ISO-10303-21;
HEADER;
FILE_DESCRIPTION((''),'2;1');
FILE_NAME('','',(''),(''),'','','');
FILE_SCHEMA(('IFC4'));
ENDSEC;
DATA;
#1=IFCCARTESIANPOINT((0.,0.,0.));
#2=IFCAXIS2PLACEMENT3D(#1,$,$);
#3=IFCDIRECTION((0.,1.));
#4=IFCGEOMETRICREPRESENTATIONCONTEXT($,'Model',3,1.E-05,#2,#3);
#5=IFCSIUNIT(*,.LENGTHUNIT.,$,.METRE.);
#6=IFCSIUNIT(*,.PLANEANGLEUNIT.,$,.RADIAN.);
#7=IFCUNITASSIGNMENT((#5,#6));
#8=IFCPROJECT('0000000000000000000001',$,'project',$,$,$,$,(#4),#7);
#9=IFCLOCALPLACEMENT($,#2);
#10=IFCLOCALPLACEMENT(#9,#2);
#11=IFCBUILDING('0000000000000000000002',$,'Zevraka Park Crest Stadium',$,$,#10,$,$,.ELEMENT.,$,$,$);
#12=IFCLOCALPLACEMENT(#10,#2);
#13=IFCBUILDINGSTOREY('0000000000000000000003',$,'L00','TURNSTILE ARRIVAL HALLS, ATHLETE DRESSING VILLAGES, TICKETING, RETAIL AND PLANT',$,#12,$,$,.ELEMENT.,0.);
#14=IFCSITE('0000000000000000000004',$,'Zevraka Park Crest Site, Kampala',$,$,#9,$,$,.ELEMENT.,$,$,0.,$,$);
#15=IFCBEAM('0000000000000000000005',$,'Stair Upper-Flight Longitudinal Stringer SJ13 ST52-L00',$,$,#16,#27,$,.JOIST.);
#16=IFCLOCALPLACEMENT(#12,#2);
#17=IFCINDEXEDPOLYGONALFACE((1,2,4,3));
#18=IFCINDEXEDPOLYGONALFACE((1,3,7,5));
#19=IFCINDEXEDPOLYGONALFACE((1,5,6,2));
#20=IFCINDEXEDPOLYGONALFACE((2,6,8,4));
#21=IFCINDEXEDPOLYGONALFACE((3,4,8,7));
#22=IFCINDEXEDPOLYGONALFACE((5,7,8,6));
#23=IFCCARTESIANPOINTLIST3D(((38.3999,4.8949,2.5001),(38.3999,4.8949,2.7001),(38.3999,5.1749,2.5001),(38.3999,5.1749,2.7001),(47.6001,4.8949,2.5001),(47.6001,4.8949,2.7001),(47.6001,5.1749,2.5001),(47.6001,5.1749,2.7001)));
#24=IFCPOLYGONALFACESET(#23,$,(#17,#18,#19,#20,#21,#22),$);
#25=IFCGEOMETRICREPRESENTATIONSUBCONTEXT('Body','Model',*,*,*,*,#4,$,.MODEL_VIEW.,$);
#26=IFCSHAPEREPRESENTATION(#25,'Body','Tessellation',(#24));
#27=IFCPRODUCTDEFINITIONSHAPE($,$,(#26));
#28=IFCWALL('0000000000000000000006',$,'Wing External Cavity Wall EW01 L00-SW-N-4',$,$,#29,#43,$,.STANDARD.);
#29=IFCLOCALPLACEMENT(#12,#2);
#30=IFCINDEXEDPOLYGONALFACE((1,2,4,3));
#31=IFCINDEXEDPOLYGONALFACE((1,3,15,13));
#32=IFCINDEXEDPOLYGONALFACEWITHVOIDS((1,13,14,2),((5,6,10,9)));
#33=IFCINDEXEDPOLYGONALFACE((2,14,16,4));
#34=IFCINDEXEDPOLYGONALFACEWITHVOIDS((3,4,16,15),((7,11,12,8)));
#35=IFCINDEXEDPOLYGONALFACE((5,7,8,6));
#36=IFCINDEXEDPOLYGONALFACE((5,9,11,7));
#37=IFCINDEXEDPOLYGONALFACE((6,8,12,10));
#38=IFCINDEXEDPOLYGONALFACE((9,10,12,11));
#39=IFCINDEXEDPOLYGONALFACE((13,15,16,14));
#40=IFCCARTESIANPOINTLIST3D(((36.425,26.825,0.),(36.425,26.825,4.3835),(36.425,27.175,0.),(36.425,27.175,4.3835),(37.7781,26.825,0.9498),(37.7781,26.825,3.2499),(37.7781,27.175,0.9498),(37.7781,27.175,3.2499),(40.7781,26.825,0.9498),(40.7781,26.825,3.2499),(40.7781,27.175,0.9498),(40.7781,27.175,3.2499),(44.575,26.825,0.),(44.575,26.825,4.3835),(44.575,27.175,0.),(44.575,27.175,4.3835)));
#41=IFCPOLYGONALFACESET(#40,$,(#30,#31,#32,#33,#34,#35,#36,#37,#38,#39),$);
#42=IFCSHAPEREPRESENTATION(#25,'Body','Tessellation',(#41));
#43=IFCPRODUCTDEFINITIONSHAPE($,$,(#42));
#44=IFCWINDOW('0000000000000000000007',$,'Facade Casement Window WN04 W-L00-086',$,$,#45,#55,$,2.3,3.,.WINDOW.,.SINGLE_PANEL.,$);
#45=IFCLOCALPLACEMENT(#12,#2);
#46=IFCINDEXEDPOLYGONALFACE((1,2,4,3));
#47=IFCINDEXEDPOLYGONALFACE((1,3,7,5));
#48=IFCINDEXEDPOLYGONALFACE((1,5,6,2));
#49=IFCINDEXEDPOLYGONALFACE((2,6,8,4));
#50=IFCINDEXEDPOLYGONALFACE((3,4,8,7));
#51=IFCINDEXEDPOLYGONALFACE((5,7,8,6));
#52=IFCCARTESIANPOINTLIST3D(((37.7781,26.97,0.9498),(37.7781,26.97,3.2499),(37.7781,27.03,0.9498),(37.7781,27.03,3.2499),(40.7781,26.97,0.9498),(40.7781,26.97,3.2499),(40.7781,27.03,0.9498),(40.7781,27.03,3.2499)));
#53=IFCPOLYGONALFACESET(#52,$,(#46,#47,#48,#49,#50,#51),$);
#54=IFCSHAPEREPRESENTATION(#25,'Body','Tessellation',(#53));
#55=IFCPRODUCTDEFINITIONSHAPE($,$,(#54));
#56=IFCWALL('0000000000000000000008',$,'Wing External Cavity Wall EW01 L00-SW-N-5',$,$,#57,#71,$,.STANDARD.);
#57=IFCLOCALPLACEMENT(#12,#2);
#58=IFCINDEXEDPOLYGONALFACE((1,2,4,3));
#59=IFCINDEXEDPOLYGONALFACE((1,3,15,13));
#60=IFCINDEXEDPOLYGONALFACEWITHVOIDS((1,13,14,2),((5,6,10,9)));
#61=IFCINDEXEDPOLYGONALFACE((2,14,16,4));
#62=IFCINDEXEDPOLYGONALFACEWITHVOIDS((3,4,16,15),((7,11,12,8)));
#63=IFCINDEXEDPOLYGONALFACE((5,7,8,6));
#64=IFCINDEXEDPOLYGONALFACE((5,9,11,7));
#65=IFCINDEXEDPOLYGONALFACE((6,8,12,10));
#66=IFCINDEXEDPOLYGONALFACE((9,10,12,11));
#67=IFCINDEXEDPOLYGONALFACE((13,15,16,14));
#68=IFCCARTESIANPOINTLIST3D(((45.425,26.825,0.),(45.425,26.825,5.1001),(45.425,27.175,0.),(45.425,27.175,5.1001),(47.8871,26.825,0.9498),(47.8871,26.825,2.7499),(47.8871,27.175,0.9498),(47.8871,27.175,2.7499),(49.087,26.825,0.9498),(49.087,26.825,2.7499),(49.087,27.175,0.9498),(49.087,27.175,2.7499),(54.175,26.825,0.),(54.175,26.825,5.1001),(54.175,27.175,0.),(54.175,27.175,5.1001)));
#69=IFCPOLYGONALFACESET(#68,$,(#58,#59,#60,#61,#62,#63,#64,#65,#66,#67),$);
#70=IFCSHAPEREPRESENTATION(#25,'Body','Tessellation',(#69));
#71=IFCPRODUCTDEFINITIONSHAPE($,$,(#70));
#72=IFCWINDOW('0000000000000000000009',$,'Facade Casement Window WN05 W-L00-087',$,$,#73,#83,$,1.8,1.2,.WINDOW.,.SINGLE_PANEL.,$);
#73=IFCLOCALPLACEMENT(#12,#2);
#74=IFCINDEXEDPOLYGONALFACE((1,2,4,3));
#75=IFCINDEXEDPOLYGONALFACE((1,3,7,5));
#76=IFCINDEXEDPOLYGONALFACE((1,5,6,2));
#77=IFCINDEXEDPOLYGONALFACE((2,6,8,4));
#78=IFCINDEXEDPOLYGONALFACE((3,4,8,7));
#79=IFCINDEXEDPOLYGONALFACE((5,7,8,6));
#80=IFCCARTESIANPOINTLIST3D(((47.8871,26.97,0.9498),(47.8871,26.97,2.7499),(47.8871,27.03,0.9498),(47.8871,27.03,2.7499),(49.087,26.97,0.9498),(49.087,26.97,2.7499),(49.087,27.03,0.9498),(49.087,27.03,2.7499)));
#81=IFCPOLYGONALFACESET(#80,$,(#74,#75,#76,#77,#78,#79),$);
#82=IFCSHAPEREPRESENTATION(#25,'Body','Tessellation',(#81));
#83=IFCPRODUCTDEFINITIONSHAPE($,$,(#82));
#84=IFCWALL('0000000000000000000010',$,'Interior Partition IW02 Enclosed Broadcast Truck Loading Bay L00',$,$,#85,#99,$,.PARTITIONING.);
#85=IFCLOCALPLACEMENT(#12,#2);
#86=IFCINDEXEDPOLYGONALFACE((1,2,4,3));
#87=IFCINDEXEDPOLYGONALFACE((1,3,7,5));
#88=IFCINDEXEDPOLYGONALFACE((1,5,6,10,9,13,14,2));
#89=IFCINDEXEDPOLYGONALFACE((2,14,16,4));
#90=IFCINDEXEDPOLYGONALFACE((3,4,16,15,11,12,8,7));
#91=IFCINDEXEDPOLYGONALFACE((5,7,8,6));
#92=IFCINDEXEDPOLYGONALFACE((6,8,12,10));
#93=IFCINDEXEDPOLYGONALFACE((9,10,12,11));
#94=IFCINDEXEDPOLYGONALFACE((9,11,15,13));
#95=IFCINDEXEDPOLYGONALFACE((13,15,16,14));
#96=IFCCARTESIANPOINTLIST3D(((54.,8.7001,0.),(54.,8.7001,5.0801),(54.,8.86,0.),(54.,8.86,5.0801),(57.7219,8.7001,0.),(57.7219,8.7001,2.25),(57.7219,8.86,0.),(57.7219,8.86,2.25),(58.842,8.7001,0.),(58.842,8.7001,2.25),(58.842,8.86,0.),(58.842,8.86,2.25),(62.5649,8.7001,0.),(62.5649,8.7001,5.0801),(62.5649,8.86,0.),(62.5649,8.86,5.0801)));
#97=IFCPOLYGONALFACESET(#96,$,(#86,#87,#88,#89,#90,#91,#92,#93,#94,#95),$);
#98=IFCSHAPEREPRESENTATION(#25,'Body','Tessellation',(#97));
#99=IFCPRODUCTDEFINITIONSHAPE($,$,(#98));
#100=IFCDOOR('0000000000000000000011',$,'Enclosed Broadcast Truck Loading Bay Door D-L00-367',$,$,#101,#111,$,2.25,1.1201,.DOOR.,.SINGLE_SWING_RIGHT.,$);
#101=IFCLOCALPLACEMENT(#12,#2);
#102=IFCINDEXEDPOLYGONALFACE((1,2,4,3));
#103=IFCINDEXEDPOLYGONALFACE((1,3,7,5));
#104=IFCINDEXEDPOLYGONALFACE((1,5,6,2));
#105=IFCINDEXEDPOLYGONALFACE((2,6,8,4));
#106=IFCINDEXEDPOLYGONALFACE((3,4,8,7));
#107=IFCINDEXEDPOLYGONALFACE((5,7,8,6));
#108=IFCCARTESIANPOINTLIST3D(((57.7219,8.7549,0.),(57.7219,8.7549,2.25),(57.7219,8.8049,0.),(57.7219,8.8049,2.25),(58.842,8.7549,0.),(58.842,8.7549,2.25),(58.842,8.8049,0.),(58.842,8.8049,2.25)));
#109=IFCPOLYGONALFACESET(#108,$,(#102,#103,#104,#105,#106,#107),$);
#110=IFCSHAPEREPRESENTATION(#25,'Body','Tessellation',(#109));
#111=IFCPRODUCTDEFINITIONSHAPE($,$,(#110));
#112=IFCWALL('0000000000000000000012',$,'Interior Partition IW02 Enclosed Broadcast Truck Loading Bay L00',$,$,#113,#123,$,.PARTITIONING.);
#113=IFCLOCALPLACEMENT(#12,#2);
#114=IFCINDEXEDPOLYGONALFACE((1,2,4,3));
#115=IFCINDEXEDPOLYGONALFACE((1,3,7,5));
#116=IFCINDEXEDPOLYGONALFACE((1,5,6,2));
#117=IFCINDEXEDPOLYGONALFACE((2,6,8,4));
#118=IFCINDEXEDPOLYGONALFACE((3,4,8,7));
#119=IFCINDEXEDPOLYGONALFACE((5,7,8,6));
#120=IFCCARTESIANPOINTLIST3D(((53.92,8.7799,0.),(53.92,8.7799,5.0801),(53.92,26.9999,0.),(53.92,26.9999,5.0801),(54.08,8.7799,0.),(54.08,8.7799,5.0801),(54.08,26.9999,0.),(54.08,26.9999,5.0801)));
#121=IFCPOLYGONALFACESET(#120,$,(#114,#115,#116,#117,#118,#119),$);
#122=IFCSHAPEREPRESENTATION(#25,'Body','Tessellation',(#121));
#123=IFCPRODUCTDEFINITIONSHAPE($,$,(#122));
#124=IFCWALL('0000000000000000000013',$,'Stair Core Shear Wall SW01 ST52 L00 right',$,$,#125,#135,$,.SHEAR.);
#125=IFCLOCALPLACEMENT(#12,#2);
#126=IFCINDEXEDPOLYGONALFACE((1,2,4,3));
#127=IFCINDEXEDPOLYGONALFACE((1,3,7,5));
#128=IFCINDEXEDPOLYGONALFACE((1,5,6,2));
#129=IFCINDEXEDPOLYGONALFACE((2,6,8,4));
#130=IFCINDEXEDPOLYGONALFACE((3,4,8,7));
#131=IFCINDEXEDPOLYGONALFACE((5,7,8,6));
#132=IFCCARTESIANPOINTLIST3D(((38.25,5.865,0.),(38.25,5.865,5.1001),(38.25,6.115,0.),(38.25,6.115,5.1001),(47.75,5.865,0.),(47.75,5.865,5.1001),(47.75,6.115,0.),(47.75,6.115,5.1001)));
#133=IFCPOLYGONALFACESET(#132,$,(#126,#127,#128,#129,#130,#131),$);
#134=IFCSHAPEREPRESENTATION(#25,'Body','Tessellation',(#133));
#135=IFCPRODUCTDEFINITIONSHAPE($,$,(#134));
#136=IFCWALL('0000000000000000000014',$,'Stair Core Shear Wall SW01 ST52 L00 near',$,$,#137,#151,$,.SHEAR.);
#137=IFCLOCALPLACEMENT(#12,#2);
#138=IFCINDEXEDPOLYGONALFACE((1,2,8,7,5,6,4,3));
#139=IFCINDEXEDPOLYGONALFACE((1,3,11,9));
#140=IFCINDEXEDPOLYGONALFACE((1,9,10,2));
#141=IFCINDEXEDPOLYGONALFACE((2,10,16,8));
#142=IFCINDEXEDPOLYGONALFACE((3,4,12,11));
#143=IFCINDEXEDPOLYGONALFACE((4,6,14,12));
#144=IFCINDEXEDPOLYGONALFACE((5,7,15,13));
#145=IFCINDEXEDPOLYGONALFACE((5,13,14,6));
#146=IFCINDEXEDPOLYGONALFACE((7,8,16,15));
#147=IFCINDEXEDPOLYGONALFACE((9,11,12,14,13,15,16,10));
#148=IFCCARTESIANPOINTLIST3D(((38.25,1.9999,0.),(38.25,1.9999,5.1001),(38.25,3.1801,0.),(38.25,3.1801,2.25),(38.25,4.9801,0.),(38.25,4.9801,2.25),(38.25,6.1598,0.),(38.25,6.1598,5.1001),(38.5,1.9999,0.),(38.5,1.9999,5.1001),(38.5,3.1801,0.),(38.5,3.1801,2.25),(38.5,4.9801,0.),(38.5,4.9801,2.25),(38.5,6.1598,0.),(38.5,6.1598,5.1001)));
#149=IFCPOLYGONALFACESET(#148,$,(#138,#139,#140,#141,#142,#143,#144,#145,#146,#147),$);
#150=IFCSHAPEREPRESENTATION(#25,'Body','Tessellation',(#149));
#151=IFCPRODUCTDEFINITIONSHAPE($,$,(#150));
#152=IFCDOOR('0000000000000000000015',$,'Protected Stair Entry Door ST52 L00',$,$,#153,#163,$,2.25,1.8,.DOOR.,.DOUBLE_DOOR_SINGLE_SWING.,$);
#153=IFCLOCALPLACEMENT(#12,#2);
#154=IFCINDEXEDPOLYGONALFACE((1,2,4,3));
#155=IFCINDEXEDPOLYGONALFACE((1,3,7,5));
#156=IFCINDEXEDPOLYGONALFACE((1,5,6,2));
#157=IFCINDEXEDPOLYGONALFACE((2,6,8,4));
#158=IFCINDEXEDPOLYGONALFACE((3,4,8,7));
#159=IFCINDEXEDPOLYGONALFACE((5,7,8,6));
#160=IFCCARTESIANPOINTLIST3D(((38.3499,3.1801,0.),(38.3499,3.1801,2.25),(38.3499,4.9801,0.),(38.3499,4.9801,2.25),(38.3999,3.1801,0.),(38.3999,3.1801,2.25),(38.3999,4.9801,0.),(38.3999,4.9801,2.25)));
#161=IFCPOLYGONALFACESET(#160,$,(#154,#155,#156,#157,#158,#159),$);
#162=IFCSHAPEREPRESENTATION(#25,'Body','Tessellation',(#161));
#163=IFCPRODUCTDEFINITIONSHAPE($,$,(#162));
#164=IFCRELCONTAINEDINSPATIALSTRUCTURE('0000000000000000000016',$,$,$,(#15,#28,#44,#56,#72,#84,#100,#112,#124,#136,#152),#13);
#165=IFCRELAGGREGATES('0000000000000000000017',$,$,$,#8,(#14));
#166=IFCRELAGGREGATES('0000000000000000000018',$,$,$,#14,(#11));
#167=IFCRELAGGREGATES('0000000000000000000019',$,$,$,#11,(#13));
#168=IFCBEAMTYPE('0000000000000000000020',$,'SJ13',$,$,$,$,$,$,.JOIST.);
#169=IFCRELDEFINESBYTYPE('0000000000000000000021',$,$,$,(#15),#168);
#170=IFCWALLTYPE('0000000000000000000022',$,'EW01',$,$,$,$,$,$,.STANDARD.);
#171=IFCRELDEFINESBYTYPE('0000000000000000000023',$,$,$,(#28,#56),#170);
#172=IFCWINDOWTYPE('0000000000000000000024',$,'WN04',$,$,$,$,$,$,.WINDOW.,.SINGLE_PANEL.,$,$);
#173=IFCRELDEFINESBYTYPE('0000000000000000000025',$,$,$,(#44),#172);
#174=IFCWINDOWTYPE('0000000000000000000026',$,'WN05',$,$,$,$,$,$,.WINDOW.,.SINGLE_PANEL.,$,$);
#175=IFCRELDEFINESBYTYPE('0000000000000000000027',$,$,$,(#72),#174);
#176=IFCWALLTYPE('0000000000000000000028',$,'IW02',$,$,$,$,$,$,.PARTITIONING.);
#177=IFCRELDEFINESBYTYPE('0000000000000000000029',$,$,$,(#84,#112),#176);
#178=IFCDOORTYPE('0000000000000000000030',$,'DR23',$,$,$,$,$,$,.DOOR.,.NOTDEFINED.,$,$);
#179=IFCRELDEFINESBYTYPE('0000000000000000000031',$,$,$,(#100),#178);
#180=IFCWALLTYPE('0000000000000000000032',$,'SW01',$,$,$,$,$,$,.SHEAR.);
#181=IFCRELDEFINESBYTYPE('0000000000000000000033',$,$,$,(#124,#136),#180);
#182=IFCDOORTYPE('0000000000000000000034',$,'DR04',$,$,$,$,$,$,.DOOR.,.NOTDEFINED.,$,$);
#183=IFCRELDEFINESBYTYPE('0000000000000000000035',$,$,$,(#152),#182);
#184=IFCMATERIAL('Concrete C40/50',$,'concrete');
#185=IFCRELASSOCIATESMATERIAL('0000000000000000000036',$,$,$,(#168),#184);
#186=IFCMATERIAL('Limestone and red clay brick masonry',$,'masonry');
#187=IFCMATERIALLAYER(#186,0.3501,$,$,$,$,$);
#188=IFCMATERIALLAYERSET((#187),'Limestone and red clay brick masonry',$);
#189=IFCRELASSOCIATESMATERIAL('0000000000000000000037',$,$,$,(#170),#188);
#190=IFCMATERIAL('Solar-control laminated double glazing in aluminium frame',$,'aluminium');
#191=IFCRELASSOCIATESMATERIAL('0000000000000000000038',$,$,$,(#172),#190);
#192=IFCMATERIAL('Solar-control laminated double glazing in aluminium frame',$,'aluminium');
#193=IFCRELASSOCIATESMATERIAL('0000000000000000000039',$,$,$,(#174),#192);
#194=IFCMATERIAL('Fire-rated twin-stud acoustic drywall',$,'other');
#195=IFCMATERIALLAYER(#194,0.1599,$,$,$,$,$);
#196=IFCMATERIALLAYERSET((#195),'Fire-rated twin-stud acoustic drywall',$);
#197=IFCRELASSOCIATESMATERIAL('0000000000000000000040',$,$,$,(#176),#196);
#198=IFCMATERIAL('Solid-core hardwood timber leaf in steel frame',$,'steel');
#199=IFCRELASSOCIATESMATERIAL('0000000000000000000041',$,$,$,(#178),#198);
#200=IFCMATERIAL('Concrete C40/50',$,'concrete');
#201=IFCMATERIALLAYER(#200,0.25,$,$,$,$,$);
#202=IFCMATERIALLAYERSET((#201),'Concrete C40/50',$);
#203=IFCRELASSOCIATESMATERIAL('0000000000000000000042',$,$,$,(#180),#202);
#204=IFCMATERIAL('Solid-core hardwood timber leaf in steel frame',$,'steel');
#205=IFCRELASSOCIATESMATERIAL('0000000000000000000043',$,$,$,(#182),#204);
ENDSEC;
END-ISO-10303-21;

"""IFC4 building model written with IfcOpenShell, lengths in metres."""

from ifc_helpers import new_model, si_unit, direction, frame, frame_2d, origin, origin_2d, place, context, subcontext, project, spatial, rectangle, extrude, material, layer, layer_set, material_profile, profile_set, type_object, element, fill, save


model = new_model("IFC4")

# Units and contexts
model_context = context("Model", 3, precision=1e-05, world=origin(), true_north=direction((0.0, 1.0)))
body_context = subcontext(model_context, "Body", "Model", "MODEL_VIEW")
ifc_project = project(units=[si_unit("LENGTHUNIT", "METRE"), si_unit("PLANEANGLEUNIT", "RADIAN")], contexts=[model_context])

# Site, building, storey
site_placement = place(None, origin())
site = spatial("IfcSite", under=ifc_project, at=site_placement, Name="Zevraka Park Crest Site, Kampala", CompositionType="ELEMENT", RefElevation=0.0)
building_placement = place(site_placement, origin())
building = spatial("IfcBuilding", under=site, at=building_placement, Name="Zevraka Park Crest Stadium", CompositionType="ELEMENT")
storey_placement = place(building_placement, origin())
storey = spatial("IfcBuildingStorey", under=building, at=storey_placement, Name="L00", Description="TURNSTILE ARRIVAL HALLS, ATHLETE DRESSING VILLAGES, TICKETING, RETAIL AND PLANT", CompositionType="ELEMENT", Elevation=0.0)

# Beam
ifc_material_1 = material(Name="Concrete C40/50", Category="concrete")
ifc_material_profile_1 = material_profile(ifc_material_1, rectangle(XDim=0.28, YDim=0.2, at=origin_2d()), Name="RC 200x280")
ifc_profile_set_1 = profile_set([ifc_material_profile_1], Name="Concrete C40/50")
beam_type = type_object("IfcBeamType", Name="SJ13", PredefinedType="JOIST", material=ifc_profile_set_1)
beam_placement = place(storey_placement, frame((38.3999, 5.0349, 2.6001), z_axis=(1.0, 0.0, 0.0), x_axis=(0.0, 1.0, 0.0)))
element("IfcBeam", 1, at=beam_placement, inside=storey, type_object=beam_type, Name="Stair Upper-Flight Longitudinal Stringer SJ13 ST52-L00", PredefinedType="JOIST", context=body_context, shape_type="SweptSolid", body=[
    extrude(rectangle(XDim=0.28, YDim=0.2, at=origin_2d()), origin(), (0.0, 0.0, 1.0), 9.2002),
])

# Walls, openings, windows
ifc_material_2 = material(Name="Limestone and red clay brick masonry", Category="masonry")
ifc_layer_1 = layer(ifc_material_2, 0.3501)
ifc_layer_set_1 = layer_set([ifc_layer_1], Name="Limestone and red clay brick masonry")
wall_type_1 = type_object("IfcWallType", Name="EW01", PredefinedType="STANDARD", material=ifc_layer_set_1)
wall_1_placement = place(storey_placement, frame((36.425, 27.0, 0.0), z_axis=(0.0, 0.0, 1.0), x_axis=(1.0, 0.0, 0.0)))
wall_1 = element("IfcWall", 2, at=wall_1_placement, inside=storey, type_object=wall_type_1, Name="Wing External Cavity Wall EW01 L00-SW-N-4", PredefinedType="STANDARD", context=body_context, shape_type="SweptSolid", body=[
    extrude(rectangle(XDim=8.1499, YDim=0.3501, at=frame_2d((4.075, 0.0))), origin(), (0.0, 0.0, 1.0), 4.3835),
])
opening_1_placement = place(wall_1_placement, frame((1.353, 0.0, 0.95)))
opening_1 = element("IfcOpeningElement", 3, at=opening_1_placement, cuts=wall_1, PredefinedType="OPENING", context=body_context, shape_type="SweptSolid", body=[
    extrude(rectangle(XDim=3.0, YDim=2.3, at=frame_2d((1.5, 1.1499))), frame((0.0, 0.1851, 0.0), z_axis=(0.0, -1.0, 0.0), x_axis=(1.0, 0.0, 0.0)), (0.0, 0.0, 1.0), 0.3701),
])
ifc_material_3 = material(Name="Solar-control laminated double glazing in aluminium frame", Category="aluminium")
window_type_1 = type_object("IfcWindowType", Name="WN04", PartitioningType="SINGLE_PANEL", PredefinedType="WINDOW", material=ifc_material_3)
window_1_placement = place(opening_1_placement, origin())
window_1 = element("IfcWindow", 4, at=window_1_placement, inside=storey, type_object=window_type_1, Name="Facade Casement Window WN04 W-L00-086", OverallHeight=2.3, OverallWidth=3.0, PartitioningType="SINGLE_PANEL", PredefinedType="WINDOW", context=body_context, shape_type="SweptSolid", body=[
    extrude(rectangle(XDim=3.0, YDim=2.3, at=frame_2d((1.5, 1.1499))), frame((0.0, 0.03, 0.0), z_axis=(0.0, -1.0, 0.0), x_axis=(1.0, 0.0, 0.0)), (0.0, 0.0, 1.0), 0.0601),
])
fill(opening_1, window_1)
wall_2_placement = place(storey_placement, frame((45.425, 27.0, 0.0), z_axis=(0.0, 0.0, 1.0), x_axis=(1.0, 0.0, 0.0)))
wall_2 = element("IfcWall", 5, at=wall_2_placement, inside=storey, type_object=wall_type_1, Name="Wing External Cavity Wall EW01 L00-SW-N-5", PredefinedType="STANDARD", context=body_context, shape_type="SweptSolid", body=[
    extrude(rectangle(XDim=8.75, YDim=0.3501, at=frame_2d((4.375, 0.0))), origin(), (0.0, 0.0, 1.0), 5.1001),
])
opening_2_placement = place(wall_2_placement, frame((2.4619, 0.0, 0.95)))
opening_2 = element("IfcOpeningElement", 6, at=opening_2_placement, cuts=wall_2, PredefinedType="OPENING", context=body_context, shape_type="SweptSolid", body=[
    extrude(rectangle(XDim=1.2, YDim=1.8, at=frame_2d((0.6001, 0.8999))), frame((0.0, 0.1851, 0.0), z_axis=(0.0, -1.0, 0.0), x_axis=(1.0, 0.0, 0.0)), (0.0, 0.0, 1.0), 0.3701),
])
ifc_material_4 = material(Name="Solar-control laminated double glazing in aluminium frame", Category="aluminium")
window_type_2 = type_object("IfcWindowType", Name="WN05", PartitioningType="SINGLE_PANEL", PredefinedType="WINDOW", material=ifc_material_4)
window_2_placement = place(opening_2_placement, origin())
window_2 = element("IfcWindow", 7, at=window_2_placement, inside=storey, type_object=window_type_2, Name="Facade Casement Window WN05 W-L00-087", OverallHeight=1.8, OverallWidth=1.2, PartitioningType="SINGLE_PANEL", PredefinedType="WINDOW", context=body_context, shape_type="SweptSolid", body=[
    extrude(rectangle(XDim=1.2, YDim=1.8, at=frame_2d((0.6001, 0.8999))), frame((0.0, 0.03, 0.0), z_axis=(0.0, -1.0, 0.0), x_axis=(1.0, 0.0, 0.0)), (0.0, 0.0, 1.0), 0.0601),
])
fill(opening_2, window_2)

# Wall, opening, door
ifc_material_5 = material(Name="Fire-rated twin-stud acoustic drywall", Category="other")
ifc_layer_2 = layer(ifc_material_5, 0.1599)
ifc_layer_set_2 = layer_set([ifc_layer_2], Name="Fire-rated twin-stud acoustic drywall")
wall_type_2 = type_object("IfcWallType", Name="IW02", PredefinedType="PARTITIONING", material=ifc_layer_set_2)
wall_3_placement = place(storey_placement, frame((54.0, 8.78, 0.0), z_axis=(0.0, 0.0, 1.0), x_axis=(1.0, 0.0, 0.0)))
wall_3 = element("IfcWall", 8, at=wall_3_placement, inside=storey, type_object=wall_type_2, Name="Interior Partition IW02 Enclosed Broadcast Truck Loading Bay L00", PredefinedType="PARTITIONING", context=body_context, shape_type="SweptSolid", body=[
    extrude(rectangle(XDim=8.5649, YDim=0.1599, at=frame_2d((4.2825, 0.0))), origin(), (0.0, 0.0, 1.0), 5.0801),
])
opening_3_placement = place(wall_3_placement, frame((3.7219, 0.0, 0.0)))
opening_3 = element("IfcOpeningElement", 9, at=opening_3_placement, cuts=wall_3, PredefinedType="OPENING", context=body_context, shape_type="SweptSolid", body=[
    extrude(rectangle(XDim=1.1201, YDim=2.25, at=frame_2d((0.5601, 1.125))), frame((0.0, 0.0898, 0.0), z_axis=(0.0, -1.0, 0.0), x_axis=(1.0, 0.0, 0.0)), (0.0, 0.0, 1.0), 0.1799),
])
ifc_material_6 = material(Name="Solid-core hardwood timber leaf in steel frame", Category="steel")
door_type_1 = type_object("IfcDoorType", Name="DR23", OperationType="NOTDEFINED", PredefinedType="DOOR", material=ifc_material_6)
door_1_placement = place(opening_3_placement, origin())
door_1 = element("IfcDoor", 10, at=door_1_placement, inside=storey, type_object=door_type_1, Name="Enclosed Broadcast Truck Loading Bay Door D-L00-367", OperationType="SINGLE_SWING_RIGHT", OverallHeight=2.25, OverallWidth=1.1201, PredefinedType="DOOR", context=body_context, shape_type="SweptSolid", body=[
    extrude(rectangle(XDim=1.1201, YDim=2.25, at=frame_2d((0.5601, 1.125))), frame((0.0, 0.0249, 0.0), z_axis=(0.0, -1.0, 0.0), x_axis=(1.0, 0.0, 0.0)), (0.0, 0.0, 1.0), 0.05),
])
fill(opening_3, door_1)

# Walls
wall_4_placement = place(storey_placement, frame((54.0, 8.78, 0.0), z_axis=(0.0, 0.0, 1.0), x_axis=(0.0, 1.0, 0.0)))
element("IfcWall", 11, at=wall_4_placement, inside=storey, type_object=wall_type_2, Name="Interior Partition IW02 Enclosed Broadcast Truck Loading Bay L00", PredefinedType="PARTITIONING", context=body_context, shape_type="SweptSolid", body=[
    extrude(rectangle(XDim=18.22, YDim=0.1599, at=frame_2d((9.1099, 0.0))), origin(), (0.0, 0.0, 1.0), 5.0801),
])
ifc_material_7 = material(Name="Concrete C40/50", Category="concrete")
ifc_layer_3 = layer(ifc_material_7, 0.25)
ifc_layer_set_3 = layer_set([ifc_layer_3], Name="Concrete C40/50")
wall_type_3 = type_object("IfcWallType", Name="SW01", PredefinedType="SHEAR", material=ifc_layer_set_3)
wall_5_placement = place(storey_placement, frame((47.75, 5.99, 0.0), z_axis=(0.0, 0.0, 1.0), x_axis=(-1.0, 0.0, 0.0)))
element("IfcWall", 12, at=wall_5_placement, inside=storey, type_object=wall_type_3, Name="Stair Core Shear Wall SW01 ST52 L00 right", PredefinedType="SHEAR", context=body_context, shape_type="SweptSolid", body=[
    extrude(rectangle(XDim=9.5, YDim=0.25, at=frame_2d((4.75, 0.0))), origin(), (0.0, 0.0, 1.0), 5.1001),
])

# Wall, opening, door
wall_6_placement = place(storey_placement, frame((38.375, 6.1599, 0.0), z_axis=(0.0, 0.0, 1.0), x_axis=(0.0, -1.0, 0.0)))
wall_6 = element("IfcWall", 13, at=wall_6_placement, inside=storey, type_object=wall_type_3, Name="Stair Core Shear Wall SW01 ST52 L00 near", PredefinedType="SHEAR", context=body_context, shape_type="SweptSolid", body=[
    extrude(rectangle(XDim=4.1599, YDim=0.25, at=frame_2d((2.0801, 0.0))), origin(), (0.0, 0.0, 1.0), 5.1001),
])
opening_4_placement = place(wall_6_placement, frame((1.1799, 0.0, 0.0)))
opening_4 = element("IfcOpeningElement", 14, at=opening_4_placement, cuts=wall_6, PredefinedType="OPENING", context=body_context, shape_type="SweptSolid", body=[
    extrude(rectangle(XDim=1.8, YDim=2.25, at=frame_2d((0.8999, 1.125))), frame((0.0, 0.135, 0.0), z_axis=(0.0, -1.0, 0.0), x_axis=(1.0, 0.0, 0.0)), (0.0, 0.0, 1.0), 0.27),
])
ifc_material_8 = material(Name="Solid-core hardwood timber leaf in steel frame", Category="steel")
door_type_2 = type_object("IfcDoorType", Name="DR04", OperationType="NOTDEFINED", PredefinedType="DOOR", material=ifc_material_8)
door_2_placement = place(opening_4_placement, origin())
door_2 = element("IfcDoor", 15, at=door_2_placement, inside=storey, type_object=door_type_2, Name="Protected Stair Entry Door ST52 L00", OperationType="DOUBLE_DOOR_SINGLE_SWING", OverallHeight=2.25, OverallWidth=1.8, PredefinedType="DOOR", context=body_context, shape_type="SweptSolid", body=[
    extrude(rectangle(XDim=1.8, YDim=2.25, at=frame_2d((0.8999, 1.125))), frame((0.0, 0.0249, 0.0), z_axis=(0.0, -1.0, 0.0), x_axis=(1.0, 0.0, 0.0)), (0.0, 0.0, 1.0), 0.05),
])
fill(opening_4, door_2)

save(model, "model.ifc")
